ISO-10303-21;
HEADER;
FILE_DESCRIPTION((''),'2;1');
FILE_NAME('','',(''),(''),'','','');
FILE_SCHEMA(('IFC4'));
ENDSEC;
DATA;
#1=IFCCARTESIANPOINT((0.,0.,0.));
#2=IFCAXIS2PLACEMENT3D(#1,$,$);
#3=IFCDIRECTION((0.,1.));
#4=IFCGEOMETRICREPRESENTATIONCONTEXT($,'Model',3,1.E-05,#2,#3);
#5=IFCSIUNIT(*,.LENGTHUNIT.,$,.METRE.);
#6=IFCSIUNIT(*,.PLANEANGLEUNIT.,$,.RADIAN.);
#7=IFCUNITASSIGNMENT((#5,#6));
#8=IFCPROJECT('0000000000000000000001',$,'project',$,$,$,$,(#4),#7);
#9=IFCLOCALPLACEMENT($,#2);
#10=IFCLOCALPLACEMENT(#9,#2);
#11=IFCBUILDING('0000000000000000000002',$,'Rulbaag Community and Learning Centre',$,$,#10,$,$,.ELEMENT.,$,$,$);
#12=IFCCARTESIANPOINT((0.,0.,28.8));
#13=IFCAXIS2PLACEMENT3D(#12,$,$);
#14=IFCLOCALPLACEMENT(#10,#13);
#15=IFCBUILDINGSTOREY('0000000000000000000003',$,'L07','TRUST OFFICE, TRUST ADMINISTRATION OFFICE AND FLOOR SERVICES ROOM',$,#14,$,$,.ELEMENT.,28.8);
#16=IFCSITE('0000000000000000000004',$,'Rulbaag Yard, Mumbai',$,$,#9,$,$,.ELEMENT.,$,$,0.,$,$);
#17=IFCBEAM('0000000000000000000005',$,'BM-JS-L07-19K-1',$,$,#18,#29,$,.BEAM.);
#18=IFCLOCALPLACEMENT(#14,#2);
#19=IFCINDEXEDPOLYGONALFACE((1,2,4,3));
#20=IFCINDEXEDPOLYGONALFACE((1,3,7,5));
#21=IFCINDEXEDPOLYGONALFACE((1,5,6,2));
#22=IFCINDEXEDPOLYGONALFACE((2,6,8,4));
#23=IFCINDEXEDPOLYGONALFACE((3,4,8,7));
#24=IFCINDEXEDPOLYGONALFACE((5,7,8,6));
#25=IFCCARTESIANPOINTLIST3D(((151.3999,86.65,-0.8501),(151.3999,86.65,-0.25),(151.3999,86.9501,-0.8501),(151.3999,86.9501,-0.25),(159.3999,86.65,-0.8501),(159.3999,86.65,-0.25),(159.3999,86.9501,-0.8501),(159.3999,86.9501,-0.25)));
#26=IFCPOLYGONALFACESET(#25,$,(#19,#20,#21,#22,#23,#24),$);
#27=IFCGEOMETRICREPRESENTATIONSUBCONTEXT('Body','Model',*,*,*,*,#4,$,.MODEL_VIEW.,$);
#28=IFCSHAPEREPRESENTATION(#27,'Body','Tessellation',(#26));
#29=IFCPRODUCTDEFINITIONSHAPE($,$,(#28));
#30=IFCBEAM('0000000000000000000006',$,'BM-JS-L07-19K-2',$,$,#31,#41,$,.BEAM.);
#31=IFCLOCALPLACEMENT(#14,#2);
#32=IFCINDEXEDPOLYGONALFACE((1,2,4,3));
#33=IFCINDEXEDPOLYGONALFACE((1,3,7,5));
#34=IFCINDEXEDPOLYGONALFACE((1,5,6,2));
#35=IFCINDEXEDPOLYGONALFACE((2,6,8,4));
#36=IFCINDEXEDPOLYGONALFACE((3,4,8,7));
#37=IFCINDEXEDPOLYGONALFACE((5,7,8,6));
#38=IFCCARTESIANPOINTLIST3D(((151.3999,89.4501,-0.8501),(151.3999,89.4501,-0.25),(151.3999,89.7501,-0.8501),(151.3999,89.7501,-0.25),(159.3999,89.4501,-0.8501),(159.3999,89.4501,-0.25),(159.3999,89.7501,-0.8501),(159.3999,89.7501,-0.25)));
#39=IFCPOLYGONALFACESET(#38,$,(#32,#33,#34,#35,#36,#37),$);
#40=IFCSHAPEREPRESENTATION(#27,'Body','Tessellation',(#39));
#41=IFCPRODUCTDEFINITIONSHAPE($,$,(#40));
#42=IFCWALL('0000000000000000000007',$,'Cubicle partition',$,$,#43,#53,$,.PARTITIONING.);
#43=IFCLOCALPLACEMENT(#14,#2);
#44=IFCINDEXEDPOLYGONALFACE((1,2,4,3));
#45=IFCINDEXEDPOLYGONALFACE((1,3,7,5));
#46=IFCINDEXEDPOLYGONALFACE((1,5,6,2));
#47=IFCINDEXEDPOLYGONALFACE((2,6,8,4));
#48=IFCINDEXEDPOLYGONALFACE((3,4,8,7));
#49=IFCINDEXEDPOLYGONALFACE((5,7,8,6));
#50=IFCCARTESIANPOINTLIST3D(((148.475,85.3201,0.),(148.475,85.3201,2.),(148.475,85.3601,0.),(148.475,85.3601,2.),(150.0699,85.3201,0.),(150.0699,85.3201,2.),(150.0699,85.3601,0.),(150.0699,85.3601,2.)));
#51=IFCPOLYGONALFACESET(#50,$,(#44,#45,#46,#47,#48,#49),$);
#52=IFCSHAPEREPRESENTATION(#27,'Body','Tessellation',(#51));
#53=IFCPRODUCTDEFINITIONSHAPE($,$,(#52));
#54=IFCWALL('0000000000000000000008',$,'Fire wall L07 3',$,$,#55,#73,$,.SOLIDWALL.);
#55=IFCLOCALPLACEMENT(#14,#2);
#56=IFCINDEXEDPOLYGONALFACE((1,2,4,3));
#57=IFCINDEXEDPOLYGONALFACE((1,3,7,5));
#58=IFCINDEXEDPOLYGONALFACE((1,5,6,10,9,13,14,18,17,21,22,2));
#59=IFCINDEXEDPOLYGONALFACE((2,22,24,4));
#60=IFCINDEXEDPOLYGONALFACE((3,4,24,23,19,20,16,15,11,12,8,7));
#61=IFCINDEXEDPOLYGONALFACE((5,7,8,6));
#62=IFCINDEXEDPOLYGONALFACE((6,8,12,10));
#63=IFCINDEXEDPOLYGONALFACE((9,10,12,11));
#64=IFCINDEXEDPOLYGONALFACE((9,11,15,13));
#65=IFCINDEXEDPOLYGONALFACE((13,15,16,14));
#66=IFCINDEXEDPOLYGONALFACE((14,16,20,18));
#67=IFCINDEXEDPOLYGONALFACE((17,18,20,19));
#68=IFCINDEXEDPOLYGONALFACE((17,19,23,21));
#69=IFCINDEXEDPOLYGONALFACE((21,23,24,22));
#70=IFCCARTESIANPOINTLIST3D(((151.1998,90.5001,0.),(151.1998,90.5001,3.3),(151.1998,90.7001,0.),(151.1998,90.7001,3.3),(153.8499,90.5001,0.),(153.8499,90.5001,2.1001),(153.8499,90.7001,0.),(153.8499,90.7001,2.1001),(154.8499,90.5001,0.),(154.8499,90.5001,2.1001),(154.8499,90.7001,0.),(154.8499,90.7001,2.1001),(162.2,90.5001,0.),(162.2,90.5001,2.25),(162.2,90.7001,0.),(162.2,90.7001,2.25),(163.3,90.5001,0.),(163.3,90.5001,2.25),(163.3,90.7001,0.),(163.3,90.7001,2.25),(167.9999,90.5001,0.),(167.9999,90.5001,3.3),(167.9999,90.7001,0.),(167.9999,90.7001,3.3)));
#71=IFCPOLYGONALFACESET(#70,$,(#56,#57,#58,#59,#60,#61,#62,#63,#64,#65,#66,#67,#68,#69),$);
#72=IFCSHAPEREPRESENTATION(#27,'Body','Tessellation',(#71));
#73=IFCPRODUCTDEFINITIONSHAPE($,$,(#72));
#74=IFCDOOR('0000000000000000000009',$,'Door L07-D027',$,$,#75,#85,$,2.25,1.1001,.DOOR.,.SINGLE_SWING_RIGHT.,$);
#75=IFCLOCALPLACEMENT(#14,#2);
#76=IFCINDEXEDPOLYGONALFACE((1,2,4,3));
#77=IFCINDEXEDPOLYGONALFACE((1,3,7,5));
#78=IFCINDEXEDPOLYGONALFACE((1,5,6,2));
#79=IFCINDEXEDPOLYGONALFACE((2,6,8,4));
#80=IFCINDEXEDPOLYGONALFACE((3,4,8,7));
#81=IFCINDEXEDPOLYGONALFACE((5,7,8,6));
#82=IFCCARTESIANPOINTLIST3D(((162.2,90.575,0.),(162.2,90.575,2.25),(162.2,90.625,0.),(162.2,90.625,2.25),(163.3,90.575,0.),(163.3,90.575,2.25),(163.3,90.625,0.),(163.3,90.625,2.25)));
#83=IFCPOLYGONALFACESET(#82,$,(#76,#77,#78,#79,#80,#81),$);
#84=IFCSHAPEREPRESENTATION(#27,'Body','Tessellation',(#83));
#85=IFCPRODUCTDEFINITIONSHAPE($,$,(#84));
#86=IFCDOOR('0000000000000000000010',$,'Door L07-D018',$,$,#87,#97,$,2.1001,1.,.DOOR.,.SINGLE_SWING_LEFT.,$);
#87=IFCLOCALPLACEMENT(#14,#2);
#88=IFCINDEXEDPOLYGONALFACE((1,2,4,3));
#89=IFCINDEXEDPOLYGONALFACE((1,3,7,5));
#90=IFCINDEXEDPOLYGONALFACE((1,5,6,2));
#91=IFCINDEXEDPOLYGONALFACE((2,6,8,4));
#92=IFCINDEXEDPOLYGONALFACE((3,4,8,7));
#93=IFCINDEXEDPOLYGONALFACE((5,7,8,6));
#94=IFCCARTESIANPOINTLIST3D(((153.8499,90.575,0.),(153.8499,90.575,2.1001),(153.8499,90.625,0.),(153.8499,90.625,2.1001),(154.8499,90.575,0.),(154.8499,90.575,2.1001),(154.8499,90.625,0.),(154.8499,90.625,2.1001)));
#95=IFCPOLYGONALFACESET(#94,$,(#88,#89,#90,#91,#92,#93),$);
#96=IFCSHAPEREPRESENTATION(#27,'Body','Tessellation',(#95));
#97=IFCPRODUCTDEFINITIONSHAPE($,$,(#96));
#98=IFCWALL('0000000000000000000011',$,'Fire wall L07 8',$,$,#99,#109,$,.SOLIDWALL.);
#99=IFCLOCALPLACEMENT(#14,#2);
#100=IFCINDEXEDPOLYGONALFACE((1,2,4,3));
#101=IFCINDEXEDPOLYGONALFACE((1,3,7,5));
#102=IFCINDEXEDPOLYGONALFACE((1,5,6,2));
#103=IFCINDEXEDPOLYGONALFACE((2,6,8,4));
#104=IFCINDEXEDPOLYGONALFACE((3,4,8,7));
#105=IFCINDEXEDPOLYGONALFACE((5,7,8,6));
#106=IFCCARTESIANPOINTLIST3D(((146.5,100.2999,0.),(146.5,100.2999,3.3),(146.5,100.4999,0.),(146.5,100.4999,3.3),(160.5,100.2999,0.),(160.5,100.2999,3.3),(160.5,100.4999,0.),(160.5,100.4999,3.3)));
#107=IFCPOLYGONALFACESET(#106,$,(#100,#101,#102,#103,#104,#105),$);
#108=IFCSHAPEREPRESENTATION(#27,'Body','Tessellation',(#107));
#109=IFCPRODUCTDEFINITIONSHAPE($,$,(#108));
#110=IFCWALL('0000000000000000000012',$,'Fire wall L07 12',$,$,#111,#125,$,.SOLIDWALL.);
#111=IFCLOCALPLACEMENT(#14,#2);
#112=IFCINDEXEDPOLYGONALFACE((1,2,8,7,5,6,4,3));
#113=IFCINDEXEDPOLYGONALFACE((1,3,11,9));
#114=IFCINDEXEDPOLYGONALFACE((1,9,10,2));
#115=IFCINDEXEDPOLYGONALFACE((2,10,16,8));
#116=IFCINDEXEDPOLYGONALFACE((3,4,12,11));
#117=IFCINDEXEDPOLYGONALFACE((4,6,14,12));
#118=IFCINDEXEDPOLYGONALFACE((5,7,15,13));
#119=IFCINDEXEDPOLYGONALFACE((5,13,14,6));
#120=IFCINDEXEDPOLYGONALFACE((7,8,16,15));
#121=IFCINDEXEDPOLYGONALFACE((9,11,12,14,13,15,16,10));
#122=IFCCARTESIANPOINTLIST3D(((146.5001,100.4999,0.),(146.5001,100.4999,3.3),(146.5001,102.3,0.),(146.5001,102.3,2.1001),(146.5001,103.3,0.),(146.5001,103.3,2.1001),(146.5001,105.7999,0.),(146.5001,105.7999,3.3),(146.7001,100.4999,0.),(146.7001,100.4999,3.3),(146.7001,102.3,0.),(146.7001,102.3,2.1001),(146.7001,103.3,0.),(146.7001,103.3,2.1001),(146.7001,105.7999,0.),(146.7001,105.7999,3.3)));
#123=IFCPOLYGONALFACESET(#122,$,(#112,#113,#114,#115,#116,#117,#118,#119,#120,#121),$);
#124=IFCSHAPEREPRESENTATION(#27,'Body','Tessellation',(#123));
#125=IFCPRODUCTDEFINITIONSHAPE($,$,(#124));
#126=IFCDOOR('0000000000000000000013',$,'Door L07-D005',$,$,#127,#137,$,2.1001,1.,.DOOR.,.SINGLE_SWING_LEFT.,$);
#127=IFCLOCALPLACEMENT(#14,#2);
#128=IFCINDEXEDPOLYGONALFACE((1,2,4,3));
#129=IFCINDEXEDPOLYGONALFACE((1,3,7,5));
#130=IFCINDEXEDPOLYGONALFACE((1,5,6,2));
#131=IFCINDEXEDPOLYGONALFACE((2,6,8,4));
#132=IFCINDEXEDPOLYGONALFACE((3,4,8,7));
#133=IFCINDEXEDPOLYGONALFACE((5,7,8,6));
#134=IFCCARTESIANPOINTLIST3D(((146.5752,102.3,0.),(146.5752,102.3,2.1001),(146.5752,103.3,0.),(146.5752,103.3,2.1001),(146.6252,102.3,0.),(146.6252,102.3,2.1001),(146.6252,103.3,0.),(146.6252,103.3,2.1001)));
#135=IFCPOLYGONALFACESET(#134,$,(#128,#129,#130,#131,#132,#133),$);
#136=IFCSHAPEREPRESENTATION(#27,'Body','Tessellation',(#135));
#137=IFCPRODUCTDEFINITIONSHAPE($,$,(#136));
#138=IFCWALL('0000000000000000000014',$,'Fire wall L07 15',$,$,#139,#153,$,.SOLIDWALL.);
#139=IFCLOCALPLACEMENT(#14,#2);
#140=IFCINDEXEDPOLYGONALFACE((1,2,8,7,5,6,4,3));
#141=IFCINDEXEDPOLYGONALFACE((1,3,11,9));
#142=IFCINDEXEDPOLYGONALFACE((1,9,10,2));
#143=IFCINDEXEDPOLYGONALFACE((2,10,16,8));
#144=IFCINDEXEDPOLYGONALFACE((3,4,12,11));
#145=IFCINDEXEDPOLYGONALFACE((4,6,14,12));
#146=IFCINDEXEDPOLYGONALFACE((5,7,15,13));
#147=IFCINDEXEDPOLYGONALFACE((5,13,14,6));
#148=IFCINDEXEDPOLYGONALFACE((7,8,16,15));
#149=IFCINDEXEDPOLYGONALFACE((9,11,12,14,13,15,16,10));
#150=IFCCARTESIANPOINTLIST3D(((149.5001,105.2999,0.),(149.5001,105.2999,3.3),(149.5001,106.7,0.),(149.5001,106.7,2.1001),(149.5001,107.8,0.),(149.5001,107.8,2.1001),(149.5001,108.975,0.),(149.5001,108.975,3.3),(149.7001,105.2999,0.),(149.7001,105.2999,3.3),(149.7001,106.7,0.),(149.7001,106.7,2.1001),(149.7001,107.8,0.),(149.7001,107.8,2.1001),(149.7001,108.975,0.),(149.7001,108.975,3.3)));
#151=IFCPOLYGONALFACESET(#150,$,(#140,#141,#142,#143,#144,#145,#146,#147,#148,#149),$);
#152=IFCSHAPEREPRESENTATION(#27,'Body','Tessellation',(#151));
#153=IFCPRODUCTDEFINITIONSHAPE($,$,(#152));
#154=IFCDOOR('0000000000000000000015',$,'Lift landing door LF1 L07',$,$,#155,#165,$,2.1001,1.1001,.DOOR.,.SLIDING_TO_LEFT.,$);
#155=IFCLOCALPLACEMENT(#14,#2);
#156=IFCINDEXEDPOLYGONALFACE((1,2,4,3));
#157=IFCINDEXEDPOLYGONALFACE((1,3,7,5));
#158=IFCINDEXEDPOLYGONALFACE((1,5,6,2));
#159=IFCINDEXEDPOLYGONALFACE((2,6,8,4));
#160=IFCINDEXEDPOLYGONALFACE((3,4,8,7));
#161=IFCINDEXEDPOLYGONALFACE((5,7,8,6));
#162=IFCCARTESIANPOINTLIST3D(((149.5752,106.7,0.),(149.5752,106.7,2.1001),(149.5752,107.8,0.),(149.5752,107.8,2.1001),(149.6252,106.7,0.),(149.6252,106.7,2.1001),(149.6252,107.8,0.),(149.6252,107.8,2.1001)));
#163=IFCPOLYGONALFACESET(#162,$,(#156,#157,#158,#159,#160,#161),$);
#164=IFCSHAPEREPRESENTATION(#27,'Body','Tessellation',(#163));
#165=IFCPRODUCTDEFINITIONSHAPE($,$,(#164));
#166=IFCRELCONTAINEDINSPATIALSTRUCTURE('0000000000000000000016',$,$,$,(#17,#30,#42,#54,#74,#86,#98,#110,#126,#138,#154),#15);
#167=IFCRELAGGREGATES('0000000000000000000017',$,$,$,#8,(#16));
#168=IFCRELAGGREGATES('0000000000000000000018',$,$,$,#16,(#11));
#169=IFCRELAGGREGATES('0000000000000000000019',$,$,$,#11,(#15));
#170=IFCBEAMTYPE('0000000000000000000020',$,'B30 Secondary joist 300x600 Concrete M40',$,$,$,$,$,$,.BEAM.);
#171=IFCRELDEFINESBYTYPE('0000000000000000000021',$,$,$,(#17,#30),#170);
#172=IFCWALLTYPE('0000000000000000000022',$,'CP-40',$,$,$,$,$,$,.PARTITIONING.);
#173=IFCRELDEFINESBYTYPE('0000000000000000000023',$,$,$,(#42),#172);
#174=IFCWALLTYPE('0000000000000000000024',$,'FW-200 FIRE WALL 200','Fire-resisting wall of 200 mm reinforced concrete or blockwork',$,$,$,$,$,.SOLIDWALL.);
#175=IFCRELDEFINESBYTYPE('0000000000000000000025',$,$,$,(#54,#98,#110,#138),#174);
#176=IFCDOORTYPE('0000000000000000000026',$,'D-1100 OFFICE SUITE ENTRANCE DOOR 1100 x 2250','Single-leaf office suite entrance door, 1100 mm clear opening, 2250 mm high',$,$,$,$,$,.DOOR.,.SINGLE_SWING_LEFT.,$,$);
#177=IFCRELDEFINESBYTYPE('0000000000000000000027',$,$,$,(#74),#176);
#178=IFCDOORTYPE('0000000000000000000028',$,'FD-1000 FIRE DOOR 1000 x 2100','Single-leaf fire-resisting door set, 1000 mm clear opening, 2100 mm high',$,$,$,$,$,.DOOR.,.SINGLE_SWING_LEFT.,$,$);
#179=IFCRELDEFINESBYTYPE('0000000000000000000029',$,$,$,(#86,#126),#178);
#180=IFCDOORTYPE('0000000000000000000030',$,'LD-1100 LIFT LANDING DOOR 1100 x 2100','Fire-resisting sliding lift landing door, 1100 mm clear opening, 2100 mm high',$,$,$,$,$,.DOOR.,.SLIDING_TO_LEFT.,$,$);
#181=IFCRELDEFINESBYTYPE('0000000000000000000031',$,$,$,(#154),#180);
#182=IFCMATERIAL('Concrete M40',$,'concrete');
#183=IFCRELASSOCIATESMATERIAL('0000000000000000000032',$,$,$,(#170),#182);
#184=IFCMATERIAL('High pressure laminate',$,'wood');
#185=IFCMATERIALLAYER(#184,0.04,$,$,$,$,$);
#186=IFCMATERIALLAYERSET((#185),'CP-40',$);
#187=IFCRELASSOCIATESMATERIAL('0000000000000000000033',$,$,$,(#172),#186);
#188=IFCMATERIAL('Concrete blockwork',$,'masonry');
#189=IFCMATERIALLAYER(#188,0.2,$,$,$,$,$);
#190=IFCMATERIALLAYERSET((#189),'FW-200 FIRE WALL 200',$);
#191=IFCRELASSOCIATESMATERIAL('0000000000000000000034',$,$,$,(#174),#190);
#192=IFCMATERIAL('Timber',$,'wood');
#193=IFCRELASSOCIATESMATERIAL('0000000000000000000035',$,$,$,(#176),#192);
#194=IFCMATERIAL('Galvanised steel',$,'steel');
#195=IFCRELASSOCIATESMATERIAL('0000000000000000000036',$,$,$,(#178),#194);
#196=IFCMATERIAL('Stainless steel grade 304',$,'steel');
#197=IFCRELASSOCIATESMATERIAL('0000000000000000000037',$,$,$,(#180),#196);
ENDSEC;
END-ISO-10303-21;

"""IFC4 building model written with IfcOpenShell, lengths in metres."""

from ifc_helpers import new_model, si_unit, direction, frame, frame_2d, origin, origin_2d, place, context, subcontext, project, spatial, rectangle, extrude, material, layer, layer_set, material_profile, profile_set, type_object, element, fill, save


model = new_model("IFC4")

# Units and contexts
model_context = context("Model", 3, precision=1e-05, world=origin(), true_north=direction((0.0, 1.0)))
body_context = subcontext(model_context, "Body", "Model", "MODEL_VIEW")
ifc_project = project(units=[si_unit("LENGTHUNIT", "METRE"), si_unit("PLANEANGLEUNIT", "RADIAN")], contexts=[model_context])

# Site, building, storey
site_placement = place(None, origin())
site = spatial("IfcSite", under=ifc_project, at=site_placement, Name="Rulbaag Yard, Mumbai", CompositionType="ELEMENT", RefElevation=0.0)
building_placement = place(site_placement, origin())
building = spatial("IfcBuilding", under=site, at=building_placement, Name="Rulbaag Community and Learning Centre", CompositionType="ELEMENT")
storey_placement = place(building_placement, frame((0.0, 0.0, 28.8)))
storey = spatial("IfcBuildingStorey", under=building, at=storey_placement, Name="L07", Description="TRUST OFFICE, TRUST ADMINISTRATION OFFICE AND FLOOR SERVICES ROOM", CompositionType="ELEMENT", Elevation=28.8)

# Beams
ifc_material_1 = material(Name="Concrete M40", Category="concrete")
ifc_material_profile = material_profile(ifc_material_1, rectangle(XDim=0.3, YDim=0.6001, at=origin_2d()), Name="RB300x600")
ifc_profile_set = profile_set([ifc_material_profile], Name="Concrete M40")
beam_type = type_object("IfcBeamType", Name="B30 Secondary joist 300x600 Concrete M40", PredefinedType="BEAM", material=ifc_profile_set)
for number, where, z_axis, x_axis, name in (
    (1, (151.3999, 86.8, -0.55), (1.0, 0.0, 0.0), (0.0, 1.0, 0.0), "BM-JS-L07-19K-1"),
    (2, (151.3999, 89.6001, -0.55), (1.0, 0.0, 0.0), (0.0, 1.0, 0.0), "BM-JS-L07-19K-2"),
):
    element("IfcBeam", number, at=place(storey_placement, frame(where, z_axis=z_axis, x_axis=x_axis)), inside=storey, type_object=beam_type, Name=name, PredefinedType="BEAM", context=body_context, shape_type="SweptSolid", body=[
        extrude(rectangle(XDim=0.3, YDim=0.6001, at=origin_2d()), origin(), (0.0, 0.0, 1.0), 8.0),
    ])

# Wall
ifc_material_2 = material(Name="High pressure laminate", Category="wood")
ifc_layer_1 = layer(ifc_material_2, 0.04)
ifc_layer_set_1 = layer_set([ifc_layer_1], Name="CP-40")
wall_type_1 = type_object("IfcWallType", Name="CP-40", PredefinedType="PARTITIONING", material=ifc_layer_set_1)
wall_1_placement = place(storey_placement, frame((148.4751, 85.3401, 0.0), z_axis=(0.0, 0.0, 1.0), x_axis=(1.0, 0.0, 0.0)))
element("IfcWall", 3, at=wall_1_placement, inside=storey, type_object=wall_type_1, Name="Cubicle partition", PredefinedType="PARTITIONING", context=body_context, shape_type="SweptSolid", body=[
    extrude(rectangle(XDim=1.595, YDim=0.04, at=frame_2d((0.7974, 0.0))), origin(), (0.0, 0.0, 1.0), 2.0),
])

# Wall, openings, doors
ifc_material_3 = material(Name="Concrete blockwork", Category="masonry")
ifc_layer_2 = layer(ifc_material_3, 0.2)
ifc_layer_set_2 = layer_set([ifc_layer_2], Name="FW-200 FIRE WALL 200")
wall_type_2 = type_object("IfcWallType", Name="FW-200 FIRE WALL 200", Description="Fire-resisting wall of 200 mm reinforced concrete or blockwork", PredefinedType="SOLIDWALL", material=ifc_layer_set_2)
wall_2_placement = place(storey_placement, frame((151.2, 90.6001, 0.0), z_axis=(0.0, 0.0, 1.0), x_axis=(1.0, 0.0, 0.0)))
wall_2 = element("IfcWall", 4, at=wall_2_placement, inside=storey, type_object=wall_type_2, Name="Fire wall L07 3", PredefinedType="SOLIDWALL", context=body_context, shape_type="SweptSolid", body=[
    extrude(rectangle(XDim=16.8, YDim=0.2, at=frame_2d((8.3999, 0.0))), origin(), (0.0, 0.0, 1.0), 3.3),
])
opening_1_placement = place(wall_2_placement, frame((2.6499, 0.0, 0.0)))
opening_1 = element("IfcOpeningElement", 5, at=opening_1_placement, cuts=wall_2, PredefinedType="OPENING", context=body_context, shape_type="SweptSolid", body=[
    extrude(rectangle(XDim=1.0, YDim=2.1001, at=frame_2d((0.5, 1.05))), frame((0.0, 0.1099, 0.0), z_axis=(0.0, -1.0, 0.0), x_axis=(1.0, 0.0, 0.0)), (0.0, 0.0, 1.0), 0.22),
])
opening_2_placement = place(wall_2_placement, frame((11.0, 0.0, 0.0)))
opening_2 = element("IfcOpeningElement", 6, at=opening_2_placement, cuts=wall_2, PredefinedType="OPENING", context=body_context, shape_type="SweptSolid", body=[
    extrude(rectangle(XDim=1.1001, YDim=2.25, at=frame_2d((0.55, 1.125))), frame((0.0, 0.1099, 0.0), z_axis=(0.0, -1.0, 0.0), x_axis=(1.0, 0.0, 0.0)), (0.0, 0.0, 1.0), 0.22),
])
ifc_material_4 = material(Name="Timber", Category="wood")
door_type_1 = type_object("IfcDoorType", Name="D-1100 OFFICE SUITE ENTRANCE DOOR 1100 x 2250", Description="Single-leaf office suite entrance door, 1100 mm clear opening, 2250 mm high", OperationType="SINGLE_SWING_LEFT", PredefinedType="DOOR", material=ifc_material_4)
door_1_placement = place(opening_2_placement, origin())
door_1 = element("IfcDoor", 7, at=door_1_placement, inside=storey, type_object=door_type_1, Name="Door L07-D027", OperationType="SINGLE_SWING_RIGHT", OverallHeight=2.25, OverallWidth=1.1001, PredefinedType="DOOR", context=body_context, shape_type="SweptSolid", body=[
    extrude(rectangle(XDim=1.1001, YDim=2.25, at=frame_2d((0.55, 1.125))), frame((0.0, 0.0249, 0.0), z_axis=(0.0, -1.0, 0.0), x_axis=(1.0, 0.0, 0.0)), (0.0, 0.0, 1.0), 0.05),
])
fill(opening_2, door_1)
ifc_material_5 = material(Name="Galvanised steel", Category="steel")
door_type_2 = type_object("IfcDoorType", Name="FD-1000 FIRE DOOR 1000 x 2100", Description="Single-leaf fire-resisting door set, 1000 mm clear opening, 2100 mm high", OperationType="SINGLE_SWING_LEFT", PredefinedType="DOOR", material=ifc_material_5)
door_2_placement = place(opening_1_placement, origin())
door_2 = element("IfcDoor", 8, at=door_2_placement, inside=storey, type_object=door_type_2, Name="Door L07-D018", OperationType="SINGLE_SWING_LEFT", OverallHeight=2.1001, OverallWidth=1.0, PredefinedType="DOOR", context=body_context, shape_type="SweptSolid", body=[
    extrude(rectangle(XDim=1.0, YDim=2.1001, at=frame_2d((0.5, 1.05))), frame((0.0, 0.0249, 0.0), z_axis=(0.0, -1.0, 0.0), x_axis=(1.0, 0.0, 0.0)), (0.0, 0.0, 1.0), 0.05),
])
fill(opening_1, door_2)

# Wall
wall_3_placement = place(storey_placement, frame((146.5, 100.3999, 0.0), z_axis=(0.0, 0.0, 1.0), x_axis=(1.0, 0.0, 0.0)))
element("IfcWall", 9, at=wall_3_placement, inside=storey, type_object=wall_type_2, Name="Fire wall L07 8", PredefinedType="SOLIDWALL", context=body_context, shape_type="SweptSolid", body=[
    extrude(rectangle(XDim=14.0, YDim=0.2, at=frame_2d((7.0, 0.0))), origin(), (0.0, 0.0, 1.0), 3.3),
])

# Walls, openings, doors
wall_4_placement = place(storey_placement, frame((146.6001, 100.5, 0.0), z_axis=(0.0, 0.0, 1.0), x_axis=(0.0, 1.0, 0.0)))
wall_4 = element("IfcWall", 10, at=wall_4_placement, inside=storey, type_object=wall_type_2, Name="Fire wall L07 12", PredefinedType="SOLIDWALL", context=body_context, shape_type="SweptSolid", body=[
    extrude(rectangle(XDim=5.3, YDim=0.2, at=frame_2d((2.6499, 0.0))), origin(), (0.0, 0.0, 1.0), 3.3),
])
opening_3_placement = place(wall_4_placement, frame((1.8, 0.0, 0.0)))
opening_3 = element("IfcOpeningElement", 11, at=opening_3_placement, cuts=wall_4, PredefinedType="OPENING", context=body_context, shape_type="SweptSolid", body=[
    extrude(rectangle(XDim=1.0, YDim=2.1001, at=frame_2d((0.5, 1.05))), frame((0.0, 0.1099, 0.0), z_axis=(0.0, -1.0, 0.0), x_axis=(1.0, 0.0, 0.0)), (0.0, 0.0, 1.0), 0.22),
])
door_3_placement = place(opening_3_placement, origin())
door_3 = element("IfcDoor", 12, at=door_3_placement, inside=storey, type_object=door_type_2, Name="Door L07-D005", OperationType="SINGLE_SWING_LEFT", OverallHeight=2.1001, OverallWidth=1.0, PredefinedType="DOOR", context=body_context, shape_type="SweptSolid", body=[
    extrude(rectangle(XDim=1.0, YDim=2.1001, at=frame_2d((0.5, 1.05))), frame((0.0, 0.0249, 0.0), z_axis=(0.0, -1.0, 0.0), x_axis=(1.0, 0.0, 0.0)), (0.0, 0.0, 1.0), 0.05),
])
fill(opening_3, door_3)
wall_5_placement = place(storey_placement, frame((149.6001, 105.3, 0.0), z_axis=(0.0, 0.0, 1.0), x_axis=(0.0, 1.0, 0.0)))
wall_5 = element("IfcWall", 13, at=wall_5_placement, inside=storey, type_object=wall_type_2, Name="Fire wall L07 15", PredefinedType="SOLIDWALL", context=body_context, shape_type="SweptSolid", body=[
    extrude(rectangle(XDim=3.675, YDim=0.2, at=frame_2d((1.8374, 0.0))), origin(), (0.0, 0.0, 1.0), 3.3),
])
opening_4_placement = place(wall_5_placement, frame((1.3999, 0.0, 0.0)))
opening_4 = element("IfcOpeningElement", 14, at=opening_4_placement, cuts=wall_5, PredefinedType="OPENING", context=body_context, shape_type="SweptSolid", body=[
    extrude(rectangle(XDim=1.1001, YDim=2.1001, at=frame_2d((0.55, 1.05))), frame((0.0, 0.1099, 0.0), z_axis=(0.0, -1.0, 0.0), x_axis=(1.0, 0.0, 0.0)), (0.0, 0.0, 1.0), 0.22),
])
ifc_material_6 = material(Name="Stainless steel grade 304", Category="steel")
door_type_3 = type_object("IfcDoorType", Name="LD-1100 LIFT LANDING DOOR 1100 x 2100", Description="Fire-resisting sliding lift landing door, 1100 mm clear opening, 2100 mm high", OperationType="SLIDING_TO_LEFT", PredefinedType="DOOR", material=ifc_material_6)
door_4_placement = place(opening_4_placement, origin())
door_4 = element("IfcDoor", 15, at=door_4_placement, inside=storey, type_object=door_type_3, Name="Lift landing door LF1 L07", OperationType="SLIDING_TO_LEFT", OverallHeight=2.1001, OverallWidth=1.1001, PredefinedType="DOOR", context=body_context, shape_type="SweptSolid", body=[
    extrude(rectangle(XDim=1.1001, YDim=2.1001, at=frame_2d((0.55, 1.05))), frame((0.0, 0.0249, 0.0), z_axis=(0.0, -1.0, 0.0), x_axis=(1.0, 0.0, 0.0)), (0.0, 0.0, 1.0), 0.05),
])
fill(opening_4, door_4)

save(model, "model.ifc")
